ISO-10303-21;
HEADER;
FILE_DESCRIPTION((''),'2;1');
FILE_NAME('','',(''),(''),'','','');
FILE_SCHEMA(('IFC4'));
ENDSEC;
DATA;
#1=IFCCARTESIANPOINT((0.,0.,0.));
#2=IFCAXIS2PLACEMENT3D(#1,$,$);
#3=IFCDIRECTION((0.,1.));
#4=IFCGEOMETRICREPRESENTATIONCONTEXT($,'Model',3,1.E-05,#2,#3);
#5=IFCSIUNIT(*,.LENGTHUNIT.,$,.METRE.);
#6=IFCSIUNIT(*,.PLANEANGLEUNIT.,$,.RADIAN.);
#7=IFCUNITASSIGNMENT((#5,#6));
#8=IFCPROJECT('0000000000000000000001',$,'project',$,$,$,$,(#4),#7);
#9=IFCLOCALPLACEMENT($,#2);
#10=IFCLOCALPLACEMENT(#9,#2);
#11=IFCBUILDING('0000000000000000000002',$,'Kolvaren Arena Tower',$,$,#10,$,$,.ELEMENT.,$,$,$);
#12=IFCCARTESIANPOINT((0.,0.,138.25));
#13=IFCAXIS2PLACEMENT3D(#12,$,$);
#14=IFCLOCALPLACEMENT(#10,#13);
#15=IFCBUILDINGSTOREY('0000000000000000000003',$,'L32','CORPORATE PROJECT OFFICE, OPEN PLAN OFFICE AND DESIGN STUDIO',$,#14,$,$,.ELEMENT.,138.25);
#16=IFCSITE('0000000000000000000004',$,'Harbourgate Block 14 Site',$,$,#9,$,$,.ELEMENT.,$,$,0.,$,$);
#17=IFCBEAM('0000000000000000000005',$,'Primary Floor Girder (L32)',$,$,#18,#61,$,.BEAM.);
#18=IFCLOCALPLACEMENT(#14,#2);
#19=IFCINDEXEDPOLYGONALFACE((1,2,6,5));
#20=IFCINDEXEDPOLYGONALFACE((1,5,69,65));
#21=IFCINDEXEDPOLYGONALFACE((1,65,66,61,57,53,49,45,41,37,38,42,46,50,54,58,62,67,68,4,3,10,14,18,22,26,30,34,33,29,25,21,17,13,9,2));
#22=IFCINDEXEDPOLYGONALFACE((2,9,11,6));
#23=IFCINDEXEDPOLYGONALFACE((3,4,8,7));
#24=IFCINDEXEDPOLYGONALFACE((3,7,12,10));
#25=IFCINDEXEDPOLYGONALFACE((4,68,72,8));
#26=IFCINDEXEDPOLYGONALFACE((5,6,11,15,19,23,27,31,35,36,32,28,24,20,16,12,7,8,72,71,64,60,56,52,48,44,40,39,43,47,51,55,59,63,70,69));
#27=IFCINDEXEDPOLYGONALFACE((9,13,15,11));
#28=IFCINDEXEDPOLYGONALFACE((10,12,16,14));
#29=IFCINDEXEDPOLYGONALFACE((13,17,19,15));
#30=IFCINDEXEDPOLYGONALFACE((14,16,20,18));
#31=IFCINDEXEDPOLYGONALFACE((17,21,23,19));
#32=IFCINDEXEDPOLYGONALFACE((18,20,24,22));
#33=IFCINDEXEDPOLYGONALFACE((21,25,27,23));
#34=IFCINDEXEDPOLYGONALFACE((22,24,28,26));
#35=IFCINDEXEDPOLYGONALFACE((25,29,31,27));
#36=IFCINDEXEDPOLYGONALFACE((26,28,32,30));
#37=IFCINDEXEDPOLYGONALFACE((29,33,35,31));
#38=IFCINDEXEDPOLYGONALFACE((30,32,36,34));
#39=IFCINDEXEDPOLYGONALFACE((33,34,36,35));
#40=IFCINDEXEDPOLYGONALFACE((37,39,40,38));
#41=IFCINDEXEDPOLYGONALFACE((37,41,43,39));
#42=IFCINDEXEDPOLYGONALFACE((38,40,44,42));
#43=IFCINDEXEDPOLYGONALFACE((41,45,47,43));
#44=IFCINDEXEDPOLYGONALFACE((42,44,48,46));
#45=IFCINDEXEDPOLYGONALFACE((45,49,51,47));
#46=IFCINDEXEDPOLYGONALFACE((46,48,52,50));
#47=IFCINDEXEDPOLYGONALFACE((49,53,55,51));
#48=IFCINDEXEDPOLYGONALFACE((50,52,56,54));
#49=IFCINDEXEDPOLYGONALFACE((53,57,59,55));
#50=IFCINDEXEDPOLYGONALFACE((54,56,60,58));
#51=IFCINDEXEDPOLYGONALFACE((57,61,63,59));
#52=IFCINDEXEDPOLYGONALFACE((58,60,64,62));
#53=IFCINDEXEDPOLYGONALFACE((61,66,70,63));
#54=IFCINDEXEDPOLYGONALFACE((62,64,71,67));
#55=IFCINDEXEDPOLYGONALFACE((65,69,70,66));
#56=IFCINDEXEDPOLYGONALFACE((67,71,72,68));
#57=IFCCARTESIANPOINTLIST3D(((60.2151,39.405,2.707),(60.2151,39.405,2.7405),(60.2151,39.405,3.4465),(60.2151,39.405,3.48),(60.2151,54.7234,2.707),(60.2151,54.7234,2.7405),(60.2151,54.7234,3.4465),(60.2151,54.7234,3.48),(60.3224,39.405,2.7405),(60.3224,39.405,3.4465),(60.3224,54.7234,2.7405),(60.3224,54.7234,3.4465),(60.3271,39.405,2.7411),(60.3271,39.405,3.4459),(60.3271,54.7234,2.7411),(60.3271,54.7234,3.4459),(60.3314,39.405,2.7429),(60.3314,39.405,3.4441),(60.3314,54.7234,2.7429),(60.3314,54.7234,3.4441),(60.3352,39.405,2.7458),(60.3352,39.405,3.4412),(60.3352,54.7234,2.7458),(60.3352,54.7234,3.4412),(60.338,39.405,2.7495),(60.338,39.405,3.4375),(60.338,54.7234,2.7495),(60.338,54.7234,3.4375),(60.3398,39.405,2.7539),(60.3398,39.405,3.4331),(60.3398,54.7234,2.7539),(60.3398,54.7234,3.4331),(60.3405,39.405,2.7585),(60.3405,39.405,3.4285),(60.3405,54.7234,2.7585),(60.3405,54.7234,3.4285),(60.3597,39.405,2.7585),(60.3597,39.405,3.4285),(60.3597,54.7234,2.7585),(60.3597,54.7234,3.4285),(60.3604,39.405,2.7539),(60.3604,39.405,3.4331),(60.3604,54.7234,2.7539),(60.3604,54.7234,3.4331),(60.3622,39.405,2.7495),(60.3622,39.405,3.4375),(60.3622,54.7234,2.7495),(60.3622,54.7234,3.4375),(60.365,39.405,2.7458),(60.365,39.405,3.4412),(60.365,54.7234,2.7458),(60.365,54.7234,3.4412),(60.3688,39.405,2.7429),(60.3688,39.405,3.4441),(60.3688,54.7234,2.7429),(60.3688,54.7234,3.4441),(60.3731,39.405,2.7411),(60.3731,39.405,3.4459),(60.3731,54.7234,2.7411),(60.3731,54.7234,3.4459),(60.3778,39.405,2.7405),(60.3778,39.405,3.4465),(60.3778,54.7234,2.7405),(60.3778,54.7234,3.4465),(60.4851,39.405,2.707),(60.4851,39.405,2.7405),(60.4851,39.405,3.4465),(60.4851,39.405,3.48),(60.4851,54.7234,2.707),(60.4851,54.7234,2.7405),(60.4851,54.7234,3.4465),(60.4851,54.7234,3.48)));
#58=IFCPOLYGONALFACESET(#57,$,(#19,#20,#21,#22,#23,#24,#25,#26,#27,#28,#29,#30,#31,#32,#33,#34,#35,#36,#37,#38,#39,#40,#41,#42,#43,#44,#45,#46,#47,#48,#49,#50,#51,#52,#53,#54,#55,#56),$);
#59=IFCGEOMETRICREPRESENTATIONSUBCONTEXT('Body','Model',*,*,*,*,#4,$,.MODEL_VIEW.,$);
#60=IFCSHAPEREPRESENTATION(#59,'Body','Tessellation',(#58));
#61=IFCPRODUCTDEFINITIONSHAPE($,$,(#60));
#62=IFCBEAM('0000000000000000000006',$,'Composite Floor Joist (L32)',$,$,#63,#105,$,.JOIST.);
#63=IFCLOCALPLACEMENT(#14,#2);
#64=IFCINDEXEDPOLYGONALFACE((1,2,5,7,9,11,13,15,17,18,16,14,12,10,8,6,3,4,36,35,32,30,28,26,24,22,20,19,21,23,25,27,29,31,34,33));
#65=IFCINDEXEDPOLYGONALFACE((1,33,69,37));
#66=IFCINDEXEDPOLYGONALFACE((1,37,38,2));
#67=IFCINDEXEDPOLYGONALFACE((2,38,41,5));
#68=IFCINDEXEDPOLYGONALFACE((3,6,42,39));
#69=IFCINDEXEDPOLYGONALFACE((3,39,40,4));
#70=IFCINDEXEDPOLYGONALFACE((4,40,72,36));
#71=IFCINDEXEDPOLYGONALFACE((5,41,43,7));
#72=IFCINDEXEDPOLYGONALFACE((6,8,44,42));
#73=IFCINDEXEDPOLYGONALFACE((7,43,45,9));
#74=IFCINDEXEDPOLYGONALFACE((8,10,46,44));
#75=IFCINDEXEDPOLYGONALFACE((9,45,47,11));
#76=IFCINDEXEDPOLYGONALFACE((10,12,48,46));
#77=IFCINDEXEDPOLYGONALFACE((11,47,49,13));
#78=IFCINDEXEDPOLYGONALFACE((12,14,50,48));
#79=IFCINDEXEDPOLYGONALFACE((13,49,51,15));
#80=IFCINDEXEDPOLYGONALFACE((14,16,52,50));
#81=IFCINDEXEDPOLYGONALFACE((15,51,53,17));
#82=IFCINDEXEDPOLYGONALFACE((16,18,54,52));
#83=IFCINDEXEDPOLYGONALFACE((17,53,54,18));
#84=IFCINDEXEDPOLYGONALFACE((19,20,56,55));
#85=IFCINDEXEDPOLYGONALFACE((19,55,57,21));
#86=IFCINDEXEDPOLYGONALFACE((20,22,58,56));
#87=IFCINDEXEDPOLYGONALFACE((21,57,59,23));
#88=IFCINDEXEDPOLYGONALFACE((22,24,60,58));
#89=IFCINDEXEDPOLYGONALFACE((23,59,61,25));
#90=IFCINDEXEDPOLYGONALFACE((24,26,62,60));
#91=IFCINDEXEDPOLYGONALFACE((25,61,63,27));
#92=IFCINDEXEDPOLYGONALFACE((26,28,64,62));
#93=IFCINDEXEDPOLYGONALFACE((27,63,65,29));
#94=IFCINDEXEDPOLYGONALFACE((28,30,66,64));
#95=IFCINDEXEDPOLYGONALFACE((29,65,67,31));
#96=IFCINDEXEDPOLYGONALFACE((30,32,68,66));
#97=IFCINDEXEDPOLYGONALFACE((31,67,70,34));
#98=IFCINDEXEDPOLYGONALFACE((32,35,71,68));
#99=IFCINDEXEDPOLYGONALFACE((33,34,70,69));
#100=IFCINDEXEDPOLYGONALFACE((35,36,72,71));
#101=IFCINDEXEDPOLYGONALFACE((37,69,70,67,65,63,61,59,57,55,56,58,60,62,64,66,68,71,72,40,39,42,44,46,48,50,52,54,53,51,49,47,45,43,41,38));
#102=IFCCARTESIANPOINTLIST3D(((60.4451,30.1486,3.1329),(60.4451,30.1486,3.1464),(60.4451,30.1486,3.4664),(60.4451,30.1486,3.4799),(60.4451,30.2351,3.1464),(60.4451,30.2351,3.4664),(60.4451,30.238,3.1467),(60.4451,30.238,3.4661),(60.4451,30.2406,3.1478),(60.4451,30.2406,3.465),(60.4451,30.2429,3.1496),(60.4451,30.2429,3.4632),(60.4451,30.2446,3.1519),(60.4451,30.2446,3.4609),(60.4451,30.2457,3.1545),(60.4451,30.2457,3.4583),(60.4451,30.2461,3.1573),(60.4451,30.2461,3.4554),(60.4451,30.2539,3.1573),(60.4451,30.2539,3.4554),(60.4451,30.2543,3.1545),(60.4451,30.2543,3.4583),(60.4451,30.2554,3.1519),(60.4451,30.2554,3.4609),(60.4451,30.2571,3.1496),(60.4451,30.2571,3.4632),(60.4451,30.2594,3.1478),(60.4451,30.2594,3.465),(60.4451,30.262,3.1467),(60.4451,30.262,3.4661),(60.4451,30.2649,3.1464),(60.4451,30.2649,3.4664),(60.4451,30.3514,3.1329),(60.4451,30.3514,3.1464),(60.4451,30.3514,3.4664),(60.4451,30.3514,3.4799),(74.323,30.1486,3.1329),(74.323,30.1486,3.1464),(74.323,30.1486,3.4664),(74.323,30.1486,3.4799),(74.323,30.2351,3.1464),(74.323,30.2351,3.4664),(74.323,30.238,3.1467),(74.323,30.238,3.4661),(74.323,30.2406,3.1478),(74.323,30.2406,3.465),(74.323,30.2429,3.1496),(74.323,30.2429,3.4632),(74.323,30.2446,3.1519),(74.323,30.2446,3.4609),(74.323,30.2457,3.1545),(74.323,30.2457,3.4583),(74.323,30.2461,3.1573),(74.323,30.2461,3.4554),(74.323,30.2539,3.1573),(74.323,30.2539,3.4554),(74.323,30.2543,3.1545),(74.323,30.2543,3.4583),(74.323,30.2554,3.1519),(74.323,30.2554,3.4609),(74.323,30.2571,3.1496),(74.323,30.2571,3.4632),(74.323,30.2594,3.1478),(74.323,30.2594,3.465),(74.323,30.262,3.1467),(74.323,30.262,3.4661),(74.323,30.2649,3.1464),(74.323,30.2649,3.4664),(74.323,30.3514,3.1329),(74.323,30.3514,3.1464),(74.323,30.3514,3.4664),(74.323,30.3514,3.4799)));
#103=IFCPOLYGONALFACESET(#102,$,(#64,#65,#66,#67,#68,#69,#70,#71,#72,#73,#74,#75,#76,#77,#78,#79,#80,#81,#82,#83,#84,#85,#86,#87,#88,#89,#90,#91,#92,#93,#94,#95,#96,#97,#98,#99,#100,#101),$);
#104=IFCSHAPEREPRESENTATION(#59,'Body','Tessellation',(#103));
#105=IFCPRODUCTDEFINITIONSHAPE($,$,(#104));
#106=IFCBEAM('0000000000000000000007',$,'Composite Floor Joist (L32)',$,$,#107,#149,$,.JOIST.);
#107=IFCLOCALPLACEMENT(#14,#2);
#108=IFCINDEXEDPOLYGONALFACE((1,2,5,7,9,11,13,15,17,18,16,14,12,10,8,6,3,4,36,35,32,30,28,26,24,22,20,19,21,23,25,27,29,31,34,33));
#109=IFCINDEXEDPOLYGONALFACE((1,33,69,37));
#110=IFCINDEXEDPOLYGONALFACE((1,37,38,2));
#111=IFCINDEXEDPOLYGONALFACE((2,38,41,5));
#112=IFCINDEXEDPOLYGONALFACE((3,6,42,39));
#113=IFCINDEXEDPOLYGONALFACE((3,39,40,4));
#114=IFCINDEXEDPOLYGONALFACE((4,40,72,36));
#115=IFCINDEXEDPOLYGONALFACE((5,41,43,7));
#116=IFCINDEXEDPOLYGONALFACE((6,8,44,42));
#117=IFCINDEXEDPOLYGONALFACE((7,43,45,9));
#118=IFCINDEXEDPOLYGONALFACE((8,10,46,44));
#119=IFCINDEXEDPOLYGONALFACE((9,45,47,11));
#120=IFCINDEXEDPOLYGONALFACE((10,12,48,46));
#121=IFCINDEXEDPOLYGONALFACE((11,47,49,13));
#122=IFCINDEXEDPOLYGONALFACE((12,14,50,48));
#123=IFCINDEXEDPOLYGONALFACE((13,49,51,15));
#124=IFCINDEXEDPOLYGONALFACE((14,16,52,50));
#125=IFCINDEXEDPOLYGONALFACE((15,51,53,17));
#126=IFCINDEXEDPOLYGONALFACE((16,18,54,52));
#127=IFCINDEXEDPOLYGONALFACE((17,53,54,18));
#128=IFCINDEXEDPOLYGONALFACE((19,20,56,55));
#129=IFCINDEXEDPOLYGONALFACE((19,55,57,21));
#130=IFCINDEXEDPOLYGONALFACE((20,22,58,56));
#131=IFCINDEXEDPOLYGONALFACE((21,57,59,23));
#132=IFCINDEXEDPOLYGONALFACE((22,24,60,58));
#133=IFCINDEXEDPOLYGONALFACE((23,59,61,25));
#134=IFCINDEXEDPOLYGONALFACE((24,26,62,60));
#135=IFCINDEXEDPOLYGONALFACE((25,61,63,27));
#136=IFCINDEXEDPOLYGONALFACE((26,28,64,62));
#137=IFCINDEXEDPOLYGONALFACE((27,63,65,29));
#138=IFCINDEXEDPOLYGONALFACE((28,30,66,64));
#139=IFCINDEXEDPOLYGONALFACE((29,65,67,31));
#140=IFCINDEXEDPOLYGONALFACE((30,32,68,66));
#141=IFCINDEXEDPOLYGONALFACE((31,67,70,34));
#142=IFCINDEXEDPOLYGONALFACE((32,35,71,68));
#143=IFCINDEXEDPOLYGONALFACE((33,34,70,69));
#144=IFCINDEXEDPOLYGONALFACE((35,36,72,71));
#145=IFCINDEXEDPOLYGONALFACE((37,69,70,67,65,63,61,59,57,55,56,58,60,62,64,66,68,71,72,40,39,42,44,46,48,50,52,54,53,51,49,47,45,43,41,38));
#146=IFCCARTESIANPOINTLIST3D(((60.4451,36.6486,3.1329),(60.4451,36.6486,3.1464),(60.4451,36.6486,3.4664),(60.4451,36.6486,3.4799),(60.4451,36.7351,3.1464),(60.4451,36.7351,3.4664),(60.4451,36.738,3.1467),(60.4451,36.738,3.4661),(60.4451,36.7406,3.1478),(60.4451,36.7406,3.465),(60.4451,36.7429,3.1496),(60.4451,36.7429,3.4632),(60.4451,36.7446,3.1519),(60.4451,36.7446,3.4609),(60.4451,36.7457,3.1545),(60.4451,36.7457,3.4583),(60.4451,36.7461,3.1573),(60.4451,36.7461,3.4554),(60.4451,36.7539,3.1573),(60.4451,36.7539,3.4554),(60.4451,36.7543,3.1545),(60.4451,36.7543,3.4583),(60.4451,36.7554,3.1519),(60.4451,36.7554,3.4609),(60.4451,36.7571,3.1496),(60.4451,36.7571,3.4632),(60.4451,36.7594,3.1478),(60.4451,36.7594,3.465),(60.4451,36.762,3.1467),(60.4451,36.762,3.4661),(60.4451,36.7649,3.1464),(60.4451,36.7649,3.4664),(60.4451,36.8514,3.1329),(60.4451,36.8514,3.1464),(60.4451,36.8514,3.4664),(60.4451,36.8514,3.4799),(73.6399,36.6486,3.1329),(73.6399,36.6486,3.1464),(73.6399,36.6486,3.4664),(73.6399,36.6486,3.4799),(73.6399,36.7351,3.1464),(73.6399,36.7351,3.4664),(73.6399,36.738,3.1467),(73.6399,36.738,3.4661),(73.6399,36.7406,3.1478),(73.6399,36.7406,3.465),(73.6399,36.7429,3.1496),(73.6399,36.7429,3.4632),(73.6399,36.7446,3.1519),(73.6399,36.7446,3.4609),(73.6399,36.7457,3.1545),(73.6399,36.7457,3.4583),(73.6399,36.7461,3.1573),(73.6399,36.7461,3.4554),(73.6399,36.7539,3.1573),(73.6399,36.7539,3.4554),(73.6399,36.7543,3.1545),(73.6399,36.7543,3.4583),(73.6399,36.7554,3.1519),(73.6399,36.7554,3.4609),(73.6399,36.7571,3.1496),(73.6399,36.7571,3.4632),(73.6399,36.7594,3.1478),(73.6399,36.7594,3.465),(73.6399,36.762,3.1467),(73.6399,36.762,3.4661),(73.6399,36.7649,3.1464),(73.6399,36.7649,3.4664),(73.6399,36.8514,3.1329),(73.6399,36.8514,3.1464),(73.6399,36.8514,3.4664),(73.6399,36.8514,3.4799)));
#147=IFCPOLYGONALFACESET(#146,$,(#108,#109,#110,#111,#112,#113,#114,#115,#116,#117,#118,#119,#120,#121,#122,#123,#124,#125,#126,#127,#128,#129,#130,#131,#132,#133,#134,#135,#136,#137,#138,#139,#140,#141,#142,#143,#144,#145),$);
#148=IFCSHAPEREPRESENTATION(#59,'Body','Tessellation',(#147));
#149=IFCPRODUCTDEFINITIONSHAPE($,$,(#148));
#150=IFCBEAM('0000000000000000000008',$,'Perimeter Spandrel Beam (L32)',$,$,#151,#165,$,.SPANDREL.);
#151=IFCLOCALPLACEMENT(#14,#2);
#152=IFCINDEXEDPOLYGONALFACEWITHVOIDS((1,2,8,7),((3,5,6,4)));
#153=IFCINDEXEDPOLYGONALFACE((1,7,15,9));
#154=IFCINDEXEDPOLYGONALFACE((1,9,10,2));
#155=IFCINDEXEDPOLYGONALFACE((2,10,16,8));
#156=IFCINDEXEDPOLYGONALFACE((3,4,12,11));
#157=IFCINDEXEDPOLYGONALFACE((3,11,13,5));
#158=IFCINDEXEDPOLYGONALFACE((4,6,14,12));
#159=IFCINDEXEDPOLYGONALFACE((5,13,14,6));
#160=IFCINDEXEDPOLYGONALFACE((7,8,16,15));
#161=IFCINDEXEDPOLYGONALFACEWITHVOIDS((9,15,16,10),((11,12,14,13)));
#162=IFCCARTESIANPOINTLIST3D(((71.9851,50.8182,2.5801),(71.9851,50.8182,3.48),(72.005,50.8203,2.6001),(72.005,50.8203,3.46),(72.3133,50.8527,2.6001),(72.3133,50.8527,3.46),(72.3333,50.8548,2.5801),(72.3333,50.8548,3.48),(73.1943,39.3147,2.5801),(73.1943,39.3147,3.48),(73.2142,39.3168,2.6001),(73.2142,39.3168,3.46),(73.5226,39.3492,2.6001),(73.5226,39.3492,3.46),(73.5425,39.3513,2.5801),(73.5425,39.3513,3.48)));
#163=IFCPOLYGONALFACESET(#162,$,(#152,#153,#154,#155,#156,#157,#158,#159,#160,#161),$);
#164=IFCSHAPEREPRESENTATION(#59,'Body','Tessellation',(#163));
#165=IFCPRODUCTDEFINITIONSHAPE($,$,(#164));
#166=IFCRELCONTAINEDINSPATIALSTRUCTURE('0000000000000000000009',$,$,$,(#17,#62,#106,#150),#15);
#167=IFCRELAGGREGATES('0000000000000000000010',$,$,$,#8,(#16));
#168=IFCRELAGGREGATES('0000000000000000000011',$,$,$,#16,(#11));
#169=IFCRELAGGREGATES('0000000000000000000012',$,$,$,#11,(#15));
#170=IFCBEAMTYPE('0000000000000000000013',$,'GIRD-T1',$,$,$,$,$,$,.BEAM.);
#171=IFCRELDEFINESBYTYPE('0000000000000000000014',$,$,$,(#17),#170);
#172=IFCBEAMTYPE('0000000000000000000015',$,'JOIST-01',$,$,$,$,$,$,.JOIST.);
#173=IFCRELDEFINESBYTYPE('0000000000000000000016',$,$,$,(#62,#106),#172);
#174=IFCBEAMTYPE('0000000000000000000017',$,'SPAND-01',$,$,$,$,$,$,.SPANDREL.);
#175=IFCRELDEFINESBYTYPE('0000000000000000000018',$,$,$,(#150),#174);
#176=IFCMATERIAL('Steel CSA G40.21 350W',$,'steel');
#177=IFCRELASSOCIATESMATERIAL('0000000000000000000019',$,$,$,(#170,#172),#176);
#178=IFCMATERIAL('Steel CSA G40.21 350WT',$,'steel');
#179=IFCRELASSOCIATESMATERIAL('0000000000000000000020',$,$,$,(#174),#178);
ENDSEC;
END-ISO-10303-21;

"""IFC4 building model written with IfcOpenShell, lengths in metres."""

from ifc_helpers import new_model, si_unit, direction, frame, origin, origin_2d, place, context, subcontext, project, spatial, hollow_rectangle, i_section, extrude, material, material_profile, profile_set, type_object, element, save


model = new_model("IFC4")

# Units and contexts
model_context = context("Model", 3, precision=1e-05, world=origin(), true_north=direction((0.0, 1.0)))
body_context = subcontext(model_context, "Body", "Model", "MODEL_VIEW")
ifc_project = project(units=[si_unit("LENGTHUNIT", "METRE"), si_unit("PLANEANGLEUNIT", "RADIAN")], contexts=[model_context])

# Site, building, storey
site_placement = place(None, origin())
site = spatial("IfcSite", under=ifc_project, at=site_placement, Name="Harbourgate Block 14 Site", CompositionType="ELEMENT", RefElevation=0.0)
building_placement = place(site_placement, origin())
building = spatial("IfcBuilding", under=site, at=building_placement, Name="Kolvaren Arena Tower", CompositionType="ELEMENT")
storey_placement = place(building_placement, frame((0.0, 0.0, 138.25)))
storey = spatial("IfcBuildingStorey", under=building, at=storey_placement, Name="L32", Description="CORPORATE PROJECT OFFICE, OPEN PLAN OFFICE AND DESIGN STUDIO", CompositionType="ELEMENT", Elevation=138.25)

# Beams
ifc_material_1 = material(Name="Steel CSA G40.21 350W", Category="steel")
ifc_material_profile_1 = material_profile(ifc_material_1, i_section(OverallWidth=0.27, OverallDepth=0.7729, WebThickness=0.0193, FlangeThickness=0.0334, FilletRadius=0.0181, at=origin_2d()), Name="W760x257")
ifc_profile_set_1 = profile_set([ifc_material_profile_1], Name="Steel CSA G40.21 350W")
beam_type_1 = type_object("IfcBeamType", Name="GIRD-T1", PredefinedType="BEAM", material=ifc_profile_set_1)
beam_1_placement = place(storey_placement, frame((60.3501, 39.405, 3.0935), z_axis=(0.0, 1.0, 0.0), x_axis=(-1.0, 0.0, 0.0)))
element("IfcBeam", 1, at=beam_1_placement, inside=storey, type_object=beam_type_1, Name="Primary Floor Girder (L32)", PredefinedType="BEAM", context=body_context, shape_type="SweptSolid", body=[
    extrude(i_section(OverallWidth=0.27, OverallDepth=0.7729, WebThickness=0.0193, FlangeThickness=0.0334, FilletRadius=0.0181, at=origin_2d()), origin(), (0.0, 0.0, 1.0), 15.3184),
])
ifc_material_profile_2 = material_profile(ifc_material_1, i_section(OverallWidth=0.2029, OverallDepth=0.3469, WebThickness=0.0078, FlangeThickness=0.0134, FilletRadius=0.011, at=origin_2d()), Name="W360x64")
ifc_profile_set_2 = profile_set([ifc_material_profile_2], Name="Steel CSA G40.21 350W")
beam_type_2 = type_object("IfcBeamType", Name="JOIST-01", PredefinedType="JOIST", material=ifc_profile_set_2)
beam_2_placement = place(storey_placement, frame((60.4451, 30.25, 3.3064), z_axis=(1.0, 0.0, 0.0), x_axis=(0.0, 1.0, 0.0)))
element("IfcBeam", 2, at=beam_2_placement, inside=storey, type_object=beam_type_2, Name="Composite Floor Joist (L32)", PredefinedType="JOIST", context=body_context, shape_type="SweptSolid", body=[
    extrude(i_section(OverallWidth=0.2029, OverallDepth=0.3469, WebThickness=0.0078, FlangeThickness=0.0134, FilletRadius=0.011, at=origin_2d()), origin(), (0.0, 0.0, 1.0), 13.8779),
])
beam_3_placement = place(storey_placement, frame((60.4451, 36.75, 3.3064), z_axis=(1.0, 0.0, 0.0), x_axis=(0.0, 1.0, 0.0)))
element("IfcBeam", 3, at=beam_3_placement, inside=storey, type_object=beam_type_2, Name="Composite Floor Joist (L32)", PredefinedType="JOIST", context=body_context, shape_type="SweptSolid", body=[
    extrude(i_section(OverallWidth=0.2029, OverallDepth=0.3469, WebThickness=0.0078, FlangeThickness=0.0134, FilletRadius=0.011, at=origin_2d()), origin(), (0.0, 0.0, 1.0), 13.1948),
])
ifc_material_2 = material(Name="Steel CSA G40.21 350WT", Category="steel")
ifc_material_profile_3 = material_profile(ifc_material_2, hollow_rectangle(XDim=0.3501, YDim=0.8999, WallThickness=0.02, at=origin_2d()), Name="HSS 900x350x20")
ifc_profile_set_3 = profile_set([ifc_material_profile_3], Name="Steel CSA G40.21 350WT")
beam_type_3 = type_object("IfcBeamType", Name="SPAND-01", PredefinedType="SPANDREL", material=ifc_profile_set_3)
beam_4_placement = place(storey_placement, frame((73.3684, 39.333, 3.03), z_axis=(-0.104543, 0.99452, 0.0), x_axis=(-0.99452, -0.104543, 0.0)))
element("IfcBeam", 4, at=beam_4_placement, inside=storey, type_object=beam_type_3, Name="Perimeter Spandrel Beam (L32)", PredefinedType="SPANDREL", context=body_context, shape_type="SweptSolid", body=[
    extrude(hollow_rectangle(XDim=0.3501, YDim=0.8999, WallThickness=0.02, at=origin_2d()), origin(), (0.0, 0.0, 1.0), 11.5669),
])

save(model, "model.ifc")
